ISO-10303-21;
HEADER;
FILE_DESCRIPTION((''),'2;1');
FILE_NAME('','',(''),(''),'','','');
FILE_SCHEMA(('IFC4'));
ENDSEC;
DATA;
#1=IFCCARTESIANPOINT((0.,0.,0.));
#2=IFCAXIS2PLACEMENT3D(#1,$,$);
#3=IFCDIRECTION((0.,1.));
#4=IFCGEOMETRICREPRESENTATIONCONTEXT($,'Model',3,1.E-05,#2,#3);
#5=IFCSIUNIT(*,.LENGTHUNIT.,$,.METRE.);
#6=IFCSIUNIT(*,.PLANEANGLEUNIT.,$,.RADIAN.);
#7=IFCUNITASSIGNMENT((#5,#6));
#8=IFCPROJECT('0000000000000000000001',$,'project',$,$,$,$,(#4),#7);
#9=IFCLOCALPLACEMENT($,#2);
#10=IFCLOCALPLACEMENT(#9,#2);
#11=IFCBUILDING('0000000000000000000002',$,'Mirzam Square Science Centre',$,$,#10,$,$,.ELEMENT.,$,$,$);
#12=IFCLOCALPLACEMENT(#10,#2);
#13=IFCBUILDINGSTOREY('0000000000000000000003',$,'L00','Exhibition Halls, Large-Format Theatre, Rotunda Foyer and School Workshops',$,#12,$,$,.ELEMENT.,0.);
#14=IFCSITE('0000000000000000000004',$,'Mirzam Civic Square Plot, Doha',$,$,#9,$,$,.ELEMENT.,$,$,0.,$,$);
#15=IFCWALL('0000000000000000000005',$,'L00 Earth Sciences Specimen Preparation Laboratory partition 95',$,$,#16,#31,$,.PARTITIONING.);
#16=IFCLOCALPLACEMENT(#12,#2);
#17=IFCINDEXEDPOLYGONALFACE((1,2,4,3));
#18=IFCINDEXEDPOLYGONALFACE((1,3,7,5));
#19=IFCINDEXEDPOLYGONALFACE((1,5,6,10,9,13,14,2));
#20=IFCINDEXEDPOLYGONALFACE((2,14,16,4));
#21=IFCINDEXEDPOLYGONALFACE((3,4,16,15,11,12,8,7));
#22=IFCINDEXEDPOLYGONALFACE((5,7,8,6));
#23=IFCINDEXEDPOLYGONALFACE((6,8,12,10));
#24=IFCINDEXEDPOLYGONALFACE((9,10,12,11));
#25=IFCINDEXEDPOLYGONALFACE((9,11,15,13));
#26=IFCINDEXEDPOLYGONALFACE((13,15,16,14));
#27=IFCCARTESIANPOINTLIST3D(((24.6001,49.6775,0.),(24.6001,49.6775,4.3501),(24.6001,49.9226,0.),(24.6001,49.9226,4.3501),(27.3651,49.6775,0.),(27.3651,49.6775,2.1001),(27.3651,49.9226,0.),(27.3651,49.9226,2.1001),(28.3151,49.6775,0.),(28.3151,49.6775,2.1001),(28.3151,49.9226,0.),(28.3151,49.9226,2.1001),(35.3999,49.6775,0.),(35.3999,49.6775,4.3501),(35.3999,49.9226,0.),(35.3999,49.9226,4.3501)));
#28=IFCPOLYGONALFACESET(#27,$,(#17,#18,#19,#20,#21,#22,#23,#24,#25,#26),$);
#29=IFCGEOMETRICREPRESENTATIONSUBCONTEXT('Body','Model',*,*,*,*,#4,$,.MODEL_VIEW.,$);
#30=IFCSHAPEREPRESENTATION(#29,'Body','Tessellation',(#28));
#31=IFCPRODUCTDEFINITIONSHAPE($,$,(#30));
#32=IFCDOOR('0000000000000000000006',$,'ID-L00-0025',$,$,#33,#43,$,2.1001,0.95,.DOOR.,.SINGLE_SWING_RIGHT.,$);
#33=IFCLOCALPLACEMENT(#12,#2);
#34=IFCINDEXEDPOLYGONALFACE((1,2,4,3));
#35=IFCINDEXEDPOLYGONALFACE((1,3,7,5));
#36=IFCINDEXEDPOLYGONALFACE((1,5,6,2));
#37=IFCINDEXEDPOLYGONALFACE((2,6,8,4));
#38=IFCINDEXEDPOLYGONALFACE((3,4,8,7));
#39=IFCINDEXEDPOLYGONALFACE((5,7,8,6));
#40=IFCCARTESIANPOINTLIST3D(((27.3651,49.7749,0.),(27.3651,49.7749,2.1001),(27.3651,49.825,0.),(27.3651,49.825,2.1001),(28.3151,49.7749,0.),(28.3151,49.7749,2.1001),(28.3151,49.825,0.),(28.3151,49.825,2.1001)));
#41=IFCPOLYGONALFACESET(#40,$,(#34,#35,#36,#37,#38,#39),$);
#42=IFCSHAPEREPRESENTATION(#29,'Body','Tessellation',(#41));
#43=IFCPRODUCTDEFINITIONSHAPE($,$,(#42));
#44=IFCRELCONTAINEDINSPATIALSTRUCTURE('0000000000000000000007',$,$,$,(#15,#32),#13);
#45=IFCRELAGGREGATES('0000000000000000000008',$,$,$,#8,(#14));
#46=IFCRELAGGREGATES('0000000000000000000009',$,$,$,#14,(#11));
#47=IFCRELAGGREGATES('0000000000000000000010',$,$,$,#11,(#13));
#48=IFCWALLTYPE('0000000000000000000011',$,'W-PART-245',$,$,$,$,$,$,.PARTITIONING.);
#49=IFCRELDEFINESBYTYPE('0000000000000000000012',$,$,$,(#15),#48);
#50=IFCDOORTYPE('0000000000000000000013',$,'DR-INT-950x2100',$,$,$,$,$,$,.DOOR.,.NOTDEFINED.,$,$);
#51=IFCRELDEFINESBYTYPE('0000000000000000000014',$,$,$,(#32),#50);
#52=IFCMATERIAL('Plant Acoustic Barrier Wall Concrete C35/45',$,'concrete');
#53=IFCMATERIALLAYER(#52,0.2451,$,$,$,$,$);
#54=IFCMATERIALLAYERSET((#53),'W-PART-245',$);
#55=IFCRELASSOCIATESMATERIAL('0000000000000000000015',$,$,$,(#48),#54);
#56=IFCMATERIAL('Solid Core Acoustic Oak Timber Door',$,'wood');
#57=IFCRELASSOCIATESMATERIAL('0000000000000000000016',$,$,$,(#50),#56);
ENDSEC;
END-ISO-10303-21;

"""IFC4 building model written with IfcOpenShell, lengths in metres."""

from ifc_helpers import new_model, si_unit, direction, frame, frame_2d, origin, place, context, subcontext, project, spatial, rectangle, extrude, material, layer, layer_set, type_object, element, fill, save


model = new_model("IFC4")

# Units and contexts
model_context = context("Model", 3, precision=1e-05, world=origin(), true_north=direction((0.0, 1.0)))
body_context = subcontext(model_context, "Body", "Model", "MODEL_VIEW")
ifc_project = project(units=[si_unit("LENGTHUNIT", "METRE"), si_unit("PLANEANGLEUNIT", "RADIAN")], contexts=[model_context])

# Site, building, storey
site_placement = place(None, origin())
site = spatial("IfcSite", under=ifc_project, at=site_placement, Name="Mirzam Civic Square Plot, Doha", CompositionType="ELEMENT", RefElevation=0.0)
building_placement = place(site_placement, origin())
building = spatial("IfcBuilding", under=site, at=building_placement, Name="Mirzam Square Science Centre", CompositionType="ELEMENT")
storey_placement = place(building_placement, origin())
storey = spatial("IfcBuildingStorey", under=building, at=storey_placement, Name="L00", Description="Exhibition Halls, Large-Format Theatre, Rotunda Foyer and School Workshops", CompositionType="ELEMENT", Elevation=0.0)

# Wall, opening, door
ifc_material_1 = material(Name="Solid Core Acoustic Oak Timber Door", Category="wood")
ifc_material_2 = material(Name="Plant Acoustic Barrier Wall Concrete C35/45", Category="concrete")
ifc_layer_1 = layer(ifc_material_2, 0.2451)
ifc_layer_set_1 = layer_set([ifc_layer_1], Name="W-PART-245")
wall_type_1 = type_object("IfcWallType", Name="W-PART-245", PredefinedType="PARTITIONING", material=ifc_layer_set_1)
wall_1_placement = place(storey_placement, frame((24.6001, 49.8, 0.0), z_axis=(0.0, 0.0, 1.0), x_axis=(1.0, 0.0, 0.0)))
wall_1 = element("IfcWall", 1, at=wall_1_placement, inside=storey, type_object=wall_type_1, Name="L00 Earth Sciences Specimen Preparation Laboratory partition 95", PredefinedType="PARTITIONING", context=body_context, shape_type="SweptSolid", body=[
    extrude(rectangle(XDim=10.7998, YDim=0.2451, at=frame_2d((5.3999, 0.0))), origin(), (0.0, 0.0, 1.0), 4.3501),
])
opening_1_placement = place(wall_1_placement, frame((2.7649, 0.0, 0.0)))
opening_1 = element("IfcOpeningElement", 2, at=opening_1_placement, cuts=wall_1, PredefinedType="OPENING", context=body_context, shape_type="SweptSolid", body=[
    extrude(rectangle(XDim=0.95, YDim=2.1001, at=frame_2d((0.4751, 1.05))), frame((0.0, 0.1326, 0.0), z_axis=(0.0, -1.0, 0.0), x_axis=(1.0, 0.0, 0.0)), (0.0, 0.0, 1.0), 0.2651),
])
door_type_1 = type_object("IfcDoorType", Name="DR-INT-950x2100", OperationType="NOTDEFINED", PredefinedType="DOOR", material=ifc_material_1)
door_1_placement = place(opening_1_placement, origin())
door_1 = element("IfcDoor", 3, at=door_1_placement, inside=storey, type_object=door_type_1, Name="ID-L00-0025", OperationType="SINGLE_SWING_RIGHT", OverallHeight=2.1001, OverallWidth=0.95, PredefinedType="DOOR", context=body_context, shape_type="SweptSolid", body=[
    extrude(rectangle(XDim=0.95, YDim=2.1001, at=frame_2d((0.4751, 1.05))), frame((0.0, 0.0249, 0.0), z_axis=(0.0, -1.0, 0.0), x_axis=(1.0, 0.0, 0.0)), (0.0, 0.0, 1.0), 0.05),
])
fill(opening_1, door_1)

save(model, "model.ifc")
